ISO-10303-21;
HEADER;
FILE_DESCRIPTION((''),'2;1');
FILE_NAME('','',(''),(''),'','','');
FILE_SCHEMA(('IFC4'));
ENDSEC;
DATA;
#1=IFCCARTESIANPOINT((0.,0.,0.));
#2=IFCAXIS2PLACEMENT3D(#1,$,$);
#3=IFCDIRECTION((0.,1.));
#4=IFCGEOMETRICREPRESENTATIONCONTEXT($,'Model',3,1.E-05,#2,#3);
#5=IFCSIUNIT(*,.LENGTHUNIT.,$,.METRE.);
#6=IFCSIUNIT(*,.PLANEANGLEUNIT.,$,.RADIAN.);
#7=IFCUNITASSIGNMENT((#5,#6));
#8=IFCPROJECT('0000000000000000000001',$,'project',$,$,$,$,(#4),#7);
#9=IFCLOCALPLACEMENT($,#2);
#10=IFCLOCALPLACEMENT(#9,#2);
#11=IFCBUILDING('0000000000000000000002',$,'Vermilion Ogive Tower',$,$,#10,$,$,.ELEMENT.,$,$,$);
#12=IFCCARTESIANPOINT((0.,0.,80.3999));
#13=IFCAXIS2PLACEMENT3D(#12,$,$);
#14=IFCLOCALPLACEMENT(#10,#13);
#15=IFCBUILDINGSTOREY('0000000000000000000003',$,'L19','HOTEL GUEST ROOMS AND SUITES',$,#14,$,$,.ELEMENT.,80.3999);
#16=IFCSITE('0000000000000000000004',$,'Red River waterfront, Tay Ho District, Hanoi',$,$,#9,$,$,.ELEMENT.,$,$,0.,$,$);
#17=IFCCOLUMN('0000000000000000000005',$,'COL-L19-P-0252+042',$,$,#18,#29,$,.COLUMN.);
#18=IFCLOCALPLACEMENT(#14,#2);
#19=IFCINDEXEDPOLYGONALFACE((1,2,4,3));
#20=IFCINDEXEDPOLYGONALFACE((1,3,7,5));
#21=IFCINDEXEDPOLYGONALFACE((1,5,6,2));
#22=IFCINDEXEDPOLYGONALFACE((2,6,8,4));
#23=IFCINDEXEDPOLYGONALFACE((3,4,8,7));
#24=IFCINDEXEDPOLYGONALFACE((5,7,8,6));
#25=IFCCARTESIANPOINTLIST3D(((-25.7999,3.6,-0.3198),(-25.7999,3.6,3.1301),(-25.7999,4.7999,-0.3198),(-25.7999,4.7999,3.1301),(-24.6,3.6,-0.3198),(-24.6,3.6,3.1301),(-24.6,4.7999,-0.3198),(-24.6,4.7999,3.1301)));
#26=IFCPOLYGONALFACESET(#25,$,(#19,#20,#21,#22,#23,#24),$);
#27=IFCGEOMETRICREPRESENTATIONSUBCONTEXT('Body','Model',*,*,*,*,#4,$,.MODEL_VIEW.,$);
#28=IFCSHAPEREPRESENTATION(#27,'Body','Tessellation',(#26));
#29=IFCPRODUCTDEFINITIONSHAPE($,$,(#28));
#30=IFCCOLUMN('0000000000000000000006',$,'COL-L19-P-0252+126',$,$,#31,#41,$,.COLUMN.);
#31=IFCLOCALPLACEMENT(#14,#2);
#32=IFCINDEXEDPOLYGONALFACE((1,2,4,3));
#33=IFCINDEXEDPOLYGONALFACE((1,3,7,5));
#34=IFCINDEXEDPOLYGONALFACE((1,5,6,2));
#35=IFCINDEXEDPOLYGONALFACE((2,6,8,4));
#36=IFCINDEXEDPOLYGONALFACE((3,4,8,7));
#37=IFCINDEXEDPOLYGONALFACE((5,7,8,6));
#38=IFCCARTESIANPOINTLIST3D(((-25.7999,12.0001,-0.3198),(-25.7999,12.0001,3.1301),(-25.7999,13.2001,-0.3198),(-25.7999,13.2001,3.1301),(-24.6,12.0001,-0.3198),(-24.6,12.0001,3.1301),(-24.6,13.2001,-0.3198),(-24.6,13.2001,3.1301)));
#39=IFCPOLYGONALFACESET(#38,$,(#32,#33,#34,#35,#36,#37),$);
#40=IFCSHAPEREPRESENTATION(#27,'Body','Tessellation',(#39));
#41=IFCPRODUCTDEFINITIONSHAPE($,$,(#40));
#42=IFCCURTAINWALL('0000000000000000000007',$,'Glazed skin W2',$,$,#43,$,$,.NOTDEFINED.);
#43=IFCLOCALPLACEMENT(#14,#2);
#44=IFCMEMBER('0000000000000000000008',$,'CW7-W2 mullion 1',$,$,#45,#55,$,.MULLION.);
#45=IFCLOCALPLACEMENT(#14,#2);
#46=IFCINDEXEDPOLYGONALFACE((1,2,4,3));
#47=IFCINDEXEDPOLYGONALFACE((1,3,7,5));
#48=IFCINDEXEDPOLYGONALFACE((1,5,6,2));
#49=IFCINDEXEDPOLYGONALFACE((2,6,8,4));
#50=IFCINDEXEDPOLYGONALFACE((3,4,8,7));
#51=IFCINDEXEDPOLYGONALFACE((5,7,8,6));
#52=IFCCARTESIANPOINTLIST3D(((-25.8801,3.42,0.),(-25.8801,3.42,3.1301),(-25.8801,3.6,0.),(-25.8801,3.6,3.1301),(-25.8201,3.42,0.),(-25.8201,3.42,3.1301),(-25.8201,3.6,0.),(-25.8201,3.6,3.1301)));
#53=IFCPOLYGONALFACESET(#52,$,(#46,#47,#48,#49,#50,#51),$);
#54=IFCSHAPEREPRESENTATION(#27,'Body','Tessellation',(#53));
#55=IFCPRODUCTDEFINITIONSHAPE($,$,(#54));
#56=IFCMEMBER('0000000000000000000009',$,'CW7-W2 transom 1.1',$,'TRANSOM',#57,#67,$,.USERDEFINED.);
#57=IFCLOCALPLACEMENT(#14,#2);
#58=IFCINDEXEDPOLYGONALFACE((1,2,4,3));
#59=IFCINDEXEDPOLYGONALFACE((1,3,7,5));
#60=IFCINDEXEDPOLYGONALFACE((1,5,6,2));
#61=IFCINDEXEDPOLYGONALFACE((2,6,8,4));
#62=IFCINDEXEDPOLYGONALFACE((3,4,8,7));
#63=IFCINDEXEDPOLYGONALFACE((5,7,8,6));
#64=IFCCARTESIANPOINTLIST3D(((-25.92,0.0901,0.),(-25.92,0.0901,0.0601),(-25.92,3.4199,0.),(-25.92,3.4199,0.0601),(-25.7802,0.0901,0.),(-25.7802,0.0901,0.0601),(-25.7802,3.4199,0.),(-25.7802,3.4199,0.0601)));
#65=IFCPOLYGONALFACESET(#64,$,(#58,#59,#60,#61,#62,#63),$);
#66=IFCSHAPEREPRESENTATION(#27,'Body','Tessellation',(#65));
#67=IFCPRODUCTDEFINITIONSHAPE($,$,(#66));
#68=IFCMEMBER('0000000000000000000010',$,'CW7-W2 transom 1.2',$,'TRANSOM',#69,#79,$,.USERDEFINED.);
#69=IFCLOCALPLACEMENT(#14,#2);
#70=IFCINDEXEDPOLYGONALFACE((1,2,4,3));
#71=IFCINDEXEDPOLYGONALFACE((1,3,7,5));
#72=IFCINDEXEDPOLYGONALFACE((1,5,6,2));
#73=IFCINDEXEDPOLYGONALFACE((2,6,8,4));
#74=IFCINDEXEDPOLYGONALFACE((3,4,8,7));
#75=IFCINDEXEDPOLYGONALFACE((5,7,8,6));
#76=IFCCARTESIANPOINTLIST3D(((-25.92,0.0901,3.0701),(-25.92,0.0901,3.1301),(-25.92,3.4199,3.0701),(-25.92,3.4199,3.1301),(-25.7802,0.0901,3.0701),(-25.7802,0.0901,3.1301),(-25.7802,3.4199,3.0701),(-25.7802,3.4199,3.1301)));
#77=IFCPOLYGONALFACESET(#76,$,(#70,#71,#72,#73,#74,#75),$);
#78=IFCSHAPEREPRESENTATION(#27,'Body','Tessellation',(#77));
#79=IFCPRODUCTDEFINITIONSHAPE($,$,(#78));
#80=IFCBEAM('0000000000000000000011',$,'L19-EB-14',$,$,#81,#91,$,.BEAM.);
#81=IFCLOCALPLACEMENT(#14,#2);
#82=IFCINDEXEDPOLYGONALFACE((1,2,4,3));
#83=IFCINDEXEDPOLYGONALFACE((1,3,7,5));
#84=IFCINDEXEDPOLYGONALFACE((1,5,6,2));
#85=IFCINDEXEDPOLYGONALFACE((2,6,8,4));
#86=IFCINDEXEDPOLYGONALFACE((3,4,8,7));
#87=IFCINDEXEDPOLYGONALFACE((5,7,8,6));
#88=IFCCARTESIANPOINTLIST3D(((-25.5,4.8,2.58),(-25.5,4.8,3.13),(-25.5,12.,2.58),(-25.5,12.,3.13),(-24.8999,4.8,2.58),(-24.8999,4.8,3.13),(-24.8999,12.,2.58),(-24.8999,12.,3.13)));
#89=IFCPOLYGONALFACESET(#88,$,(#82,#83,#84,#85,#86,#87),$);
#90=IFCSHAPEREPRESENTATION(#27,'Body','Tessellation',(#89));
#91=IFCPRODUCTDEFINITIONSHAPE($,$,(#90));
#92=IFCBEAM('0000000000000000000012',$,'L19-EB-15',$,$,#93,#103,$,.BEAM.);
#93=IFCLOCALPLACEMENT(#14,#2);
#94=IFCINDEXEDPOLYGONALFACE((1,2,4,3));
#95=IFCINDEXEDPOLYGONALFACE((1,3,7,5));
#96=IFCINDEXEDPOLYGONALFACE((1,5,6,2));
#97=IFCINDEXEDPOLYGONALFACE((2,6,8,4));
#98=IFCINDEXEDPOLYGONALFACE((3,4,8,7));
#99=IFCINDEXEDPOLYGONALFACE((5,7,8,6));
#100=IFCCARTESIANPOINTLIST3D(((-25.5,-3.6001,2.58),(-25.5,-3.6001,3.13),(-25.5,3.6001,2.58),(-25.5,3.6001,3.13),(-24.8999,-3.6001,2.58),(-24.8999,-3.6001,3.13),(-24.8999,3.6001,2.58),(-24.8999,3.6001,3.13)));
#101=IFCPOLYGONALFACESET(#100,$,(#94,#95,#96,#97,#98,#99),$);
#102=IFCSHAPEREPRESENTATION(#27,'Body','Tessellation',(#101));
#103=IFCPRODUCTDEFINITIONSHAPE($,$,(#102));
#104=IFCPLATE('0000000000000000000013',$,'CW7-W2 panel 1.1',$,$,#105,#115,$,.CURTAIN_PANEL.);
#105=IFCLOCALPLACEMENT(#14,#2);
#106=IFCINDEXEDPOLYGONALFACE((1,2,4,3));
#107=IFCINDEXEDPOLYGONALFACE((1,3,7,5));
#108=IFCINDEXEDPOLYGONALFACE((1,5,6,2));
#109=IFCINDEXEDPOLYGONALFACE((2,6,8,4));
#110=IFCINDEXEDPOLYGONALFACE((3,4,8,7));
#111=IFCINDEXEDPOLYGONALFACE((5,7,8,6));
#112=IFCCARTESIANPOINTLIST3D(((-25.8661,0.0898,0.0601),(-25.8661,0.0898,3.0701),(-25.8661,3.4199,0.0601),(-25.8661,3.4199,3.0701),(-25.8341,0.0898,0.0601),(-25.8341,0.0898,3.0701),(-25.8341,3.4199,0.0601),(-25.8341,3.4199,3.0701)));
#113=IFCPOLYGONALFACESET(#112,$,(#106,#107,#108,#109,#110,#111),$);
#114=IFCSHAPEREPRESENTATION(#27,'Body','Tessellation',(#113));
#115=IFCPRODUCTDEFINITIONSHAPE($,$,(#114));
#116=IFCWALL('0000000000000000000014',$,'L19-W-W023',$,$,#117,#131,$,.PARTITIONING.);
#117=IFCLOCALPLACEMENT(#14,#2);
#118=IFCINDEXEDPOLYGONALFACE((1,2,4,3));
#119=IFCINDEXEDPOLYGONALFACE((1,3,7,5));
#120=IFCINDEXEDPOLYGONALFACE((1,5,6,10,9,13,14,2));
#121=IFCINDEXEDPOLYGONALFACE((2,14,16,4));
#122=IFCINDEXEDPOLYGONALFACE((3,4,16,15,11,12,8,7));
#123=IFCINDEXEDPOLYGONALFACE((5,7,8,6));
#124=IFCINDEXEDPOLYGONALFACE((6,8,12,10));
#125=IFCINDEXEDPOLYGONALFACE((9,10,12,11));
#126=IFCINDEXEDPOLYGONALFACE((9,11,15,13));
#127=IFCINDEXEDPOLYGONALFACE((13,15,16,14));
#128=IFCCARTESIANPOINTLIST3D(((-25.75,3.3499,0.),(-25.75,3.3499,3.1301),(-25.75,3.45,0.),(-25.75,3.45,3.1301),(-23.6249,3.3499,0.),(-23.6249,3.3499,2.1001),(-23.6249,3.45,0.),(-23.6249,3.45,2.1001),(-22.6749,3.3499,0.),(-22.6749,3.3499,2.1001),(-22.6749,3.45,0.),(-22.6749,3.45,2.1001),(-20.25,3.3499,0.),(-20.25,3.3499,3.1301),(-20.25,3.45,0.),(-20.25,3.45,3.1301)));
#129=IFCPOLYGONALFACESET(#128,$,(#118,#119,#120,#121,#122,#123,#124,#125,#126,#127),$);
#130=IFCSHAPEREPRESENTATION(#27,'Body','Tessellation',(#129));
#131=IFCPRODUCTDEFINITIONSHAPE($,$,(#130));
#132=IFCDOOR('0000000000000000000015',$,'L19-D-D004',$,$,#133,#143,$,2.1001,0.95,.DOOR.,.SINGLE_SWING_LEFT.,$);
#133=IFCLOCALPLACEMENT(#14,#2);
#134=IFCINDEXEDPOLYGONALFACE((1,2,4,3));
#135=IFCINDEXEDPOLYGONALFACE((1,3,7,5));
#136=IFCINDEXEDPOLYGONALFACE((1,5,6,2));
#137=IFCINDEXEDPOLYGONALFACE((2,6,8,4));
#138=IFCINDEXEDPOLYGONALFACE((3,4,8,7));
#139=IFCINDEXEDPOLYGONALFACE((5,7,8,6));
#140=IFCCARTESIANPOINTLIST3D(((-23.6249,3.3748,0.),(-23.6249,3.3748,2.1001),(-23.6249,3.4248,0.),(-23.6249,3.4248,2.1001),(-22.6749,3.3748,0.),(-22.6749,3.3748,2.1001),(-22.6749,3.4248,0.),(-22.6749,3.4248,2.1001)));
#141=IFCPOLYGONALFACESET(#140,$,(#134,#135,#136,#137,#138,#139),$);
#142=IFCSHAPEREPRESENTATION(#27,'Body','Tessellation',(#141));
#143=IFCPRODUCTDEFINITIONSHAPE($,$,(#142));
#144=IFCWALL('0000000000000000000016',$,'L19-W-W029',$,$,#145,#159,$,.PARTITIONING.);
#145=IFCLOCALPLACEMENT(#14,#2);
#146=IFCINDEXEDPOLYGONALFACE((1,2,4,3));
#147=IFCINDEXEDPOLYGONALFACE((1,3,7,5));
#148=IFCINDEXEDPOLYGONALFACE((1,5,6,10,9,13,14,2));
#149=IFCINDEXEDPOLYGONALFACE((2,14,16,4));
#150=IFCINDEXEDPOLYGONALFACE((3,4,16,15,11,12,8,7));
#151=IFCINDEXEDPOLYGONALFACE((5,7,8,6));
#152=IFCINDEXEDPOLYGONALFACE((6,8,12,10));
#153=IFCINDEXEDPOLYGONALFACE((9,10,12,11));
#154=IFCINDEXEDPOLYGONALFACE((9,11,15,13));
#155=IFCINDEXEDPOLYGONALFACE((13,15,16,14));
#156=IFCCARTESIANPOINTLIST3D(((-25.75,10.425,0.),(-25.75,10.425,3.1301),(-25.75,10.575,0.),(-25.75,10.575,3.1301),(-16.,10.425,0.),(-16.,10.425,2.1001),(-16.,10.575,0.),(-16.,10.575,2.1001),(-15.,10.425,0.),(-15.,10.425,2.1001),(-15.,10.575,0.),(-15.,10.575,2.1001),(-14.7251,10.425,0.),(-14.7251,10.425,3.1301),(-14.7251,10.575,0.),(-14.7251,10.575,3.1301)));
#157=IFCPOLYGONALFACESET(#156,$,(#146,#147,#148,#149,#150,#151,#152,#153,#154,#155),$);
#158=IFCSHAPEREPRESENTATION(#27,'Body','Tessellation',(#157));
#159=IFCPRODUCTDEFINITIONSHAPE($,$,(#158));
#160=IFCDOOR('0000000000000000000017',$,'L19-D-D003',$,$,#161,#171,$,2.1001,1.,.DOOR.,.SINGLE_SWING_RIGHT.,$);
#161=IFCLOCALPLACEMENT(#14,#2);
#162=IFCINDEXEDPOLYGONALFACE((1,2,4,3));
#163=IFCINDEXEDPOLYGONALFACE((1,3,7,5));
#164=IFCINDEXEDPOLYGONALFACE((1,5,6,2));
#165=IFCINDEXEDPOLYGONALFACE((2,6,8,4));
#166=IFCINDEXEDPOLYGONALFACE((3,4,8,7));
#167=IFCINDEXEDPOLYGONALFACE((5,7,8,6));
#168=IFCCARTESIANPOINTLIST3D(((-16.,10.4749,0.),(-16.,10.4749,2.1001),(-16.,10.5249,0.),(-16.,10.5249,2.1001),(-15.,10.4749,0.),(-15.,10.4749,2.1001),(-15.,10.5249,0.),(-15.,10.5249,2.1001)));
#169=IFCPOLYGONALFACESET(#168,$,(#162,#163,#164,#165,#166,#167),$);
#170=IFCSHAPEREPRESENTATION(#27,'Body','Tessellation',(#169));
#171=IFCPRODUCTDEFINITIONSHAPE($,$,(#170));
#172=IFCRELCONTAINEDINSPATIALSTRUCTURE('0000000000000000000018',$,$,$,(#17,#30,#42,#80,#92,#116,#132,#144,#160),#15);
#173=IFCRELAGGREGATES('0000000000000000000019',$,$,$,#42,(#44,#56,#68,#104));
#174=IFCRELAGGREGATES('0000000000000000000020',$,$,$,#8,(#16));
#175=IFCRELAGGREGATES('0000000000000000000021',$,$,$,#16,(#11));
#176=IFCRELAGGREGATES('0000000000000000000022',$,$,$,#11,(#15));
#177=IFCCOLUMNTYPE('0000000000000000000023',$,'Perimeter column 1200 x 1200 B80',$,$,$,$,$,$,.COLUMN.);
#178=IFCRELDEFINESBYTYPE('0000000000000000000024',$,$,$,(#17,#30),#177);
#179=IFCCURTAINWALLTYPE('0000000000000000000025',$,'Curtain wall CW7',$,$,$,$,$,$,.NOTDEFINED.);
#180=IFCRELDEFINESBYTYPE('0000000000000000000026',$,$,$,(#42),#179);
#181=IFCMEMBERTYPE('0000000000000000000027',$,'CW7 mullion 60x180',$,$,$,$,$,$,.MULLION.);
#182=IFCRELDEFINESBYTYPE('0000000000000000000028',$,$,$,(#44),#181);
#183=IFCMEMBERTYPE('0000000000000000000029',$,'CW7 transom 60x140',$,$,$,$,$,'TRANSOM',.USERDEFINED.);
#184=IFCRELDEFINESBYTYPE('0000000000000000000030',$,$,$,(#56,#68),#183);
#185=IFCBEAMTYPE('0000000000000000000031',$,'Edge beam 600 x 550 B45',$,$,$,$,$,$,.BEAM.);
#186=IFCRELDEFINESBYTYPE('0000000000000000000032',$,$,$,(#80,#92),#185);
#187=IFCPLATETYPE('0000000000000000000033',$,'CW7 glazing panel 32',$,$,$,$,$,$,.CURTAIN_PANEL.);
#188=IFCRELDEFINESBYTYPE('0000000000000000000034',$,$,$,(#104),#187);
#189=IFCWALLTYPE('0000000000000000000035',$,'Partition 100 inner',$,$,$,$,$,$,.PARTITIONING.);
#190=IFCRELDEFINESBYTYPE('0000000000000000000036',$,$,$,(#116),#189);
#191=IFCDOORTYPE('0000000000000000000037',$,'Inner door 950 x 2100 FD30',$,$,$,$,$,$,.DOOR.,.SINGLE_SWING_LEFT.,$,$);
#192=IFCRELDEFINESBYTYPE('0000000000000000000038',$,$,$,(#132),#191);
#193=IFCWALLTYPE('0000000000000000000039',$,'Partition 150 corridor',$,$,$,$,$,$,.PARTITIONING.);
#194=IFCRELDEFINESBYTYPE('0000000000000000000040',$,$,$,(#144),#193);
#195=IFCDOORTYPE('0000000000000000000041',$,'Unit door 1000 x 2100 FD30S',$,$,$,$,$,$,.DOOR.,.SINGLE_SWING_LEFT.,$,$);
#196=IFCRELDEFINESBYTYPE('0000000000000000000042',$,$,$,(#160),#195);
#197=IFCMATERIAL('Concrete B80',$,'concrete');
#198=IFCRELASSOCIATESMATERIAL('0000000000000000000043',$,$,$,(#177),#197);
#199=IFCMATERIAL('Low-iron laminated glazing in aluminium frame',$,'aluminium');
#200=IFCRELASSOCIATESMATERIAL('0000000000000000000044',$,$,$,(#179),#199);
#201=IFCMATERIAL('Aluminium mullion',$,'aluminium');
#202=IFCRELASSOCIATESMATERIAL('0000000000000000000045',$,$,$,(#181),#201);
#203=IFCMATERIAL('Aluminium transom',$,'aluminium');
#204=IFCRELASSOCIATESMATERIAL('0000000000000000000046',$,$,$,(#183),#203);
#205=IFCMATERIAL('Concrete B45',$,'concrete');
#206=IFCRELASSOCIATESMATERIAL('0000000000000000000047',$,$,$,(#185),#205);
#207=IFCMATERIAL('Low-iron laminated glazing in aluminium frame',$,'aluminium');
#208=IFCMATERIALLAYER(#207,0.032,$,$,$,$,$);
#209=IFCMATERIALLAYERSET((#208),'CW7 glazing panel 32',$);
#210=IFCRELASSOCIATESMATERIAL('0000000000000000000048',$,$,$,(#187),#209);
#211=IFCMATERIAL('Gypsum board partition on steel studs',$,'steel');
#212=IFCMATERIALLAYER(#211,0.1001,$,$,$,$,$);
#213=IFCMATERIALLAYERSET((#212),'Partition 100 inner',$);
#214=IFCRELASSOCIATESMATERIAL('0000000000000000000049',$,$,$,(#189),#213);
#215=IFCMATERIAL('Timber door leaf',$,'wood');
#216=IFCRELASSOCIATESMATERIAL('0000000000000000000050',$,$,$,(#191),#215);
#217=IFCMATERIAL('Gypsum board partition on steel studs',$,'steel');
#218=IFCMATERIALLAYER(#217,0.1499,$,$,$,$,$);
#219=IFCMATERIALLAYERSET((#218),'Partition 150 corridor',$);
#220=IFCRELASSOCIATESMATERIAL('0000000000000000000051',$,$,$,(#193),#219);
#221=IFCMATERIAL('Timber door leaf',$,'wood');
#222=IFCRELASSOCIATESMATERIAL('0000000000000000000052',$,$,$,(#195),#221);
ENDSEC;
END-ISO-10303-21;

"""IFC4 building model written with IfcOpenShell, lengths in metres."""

from ifc_helpers import new_model, si_unit, direction, frame, frame_2d, origin, origin_2d, place, context, subcontext, project, spatial, rectangle, extrude, material, layer, layer_set, material_profile, profile_set, type_object, element, fill, aggregate, save


model = new_model("IFC4")

# Units and contexts
model_context = context("Model", 3, precision=1e-05, world=origin(), true_north=direction((0.0, 1.0)))
body_context = subcontext(model_context, "Body", "Model", "MODEL_VIEW")
ifc_project = project(units=[si_unit("LENGTHUNIT", "METRE"), si_unit("PLANEANGLEUNIT", "RADIAN")], contexts=[model_context])

# Site, building, storey
site_placement = place(None, origin())
site = spatial("IfcSite", under=ifc_project, at=site_placement, Name="Red River waterfront, Tay Ho District, Hanoi", CompositionType="ELEMENT", RefElevation=0.0)
building_placement = place(site_placement, origin())
building = spatial("IfcBuilding", under=site, at=building_placement, Name="Vermilion Ogive Tower", CompositionType="ELEMENT")
storey_placement = place(building_placement, frame((0.0, 0.0, 80.3999)))
storey = spatial("IfcBuildingStorey", under=building, at=storey_placement, Name="L19", Description="HOTEL GUEST ROOMS AND SUITES", CompositionType="ELEMENT", Elevation=80.3999)

# Columns
ifc_material_1 = material(Name="Concrete B80", Category="concrete")
ifc_material_profile_1 = material_profile(ifc_material_1, rectangle(XDim=1.2, YDim=1.2, at=origin_2d()), Name="1200 x 1200")
ifc_profile_set_1 = profile_set([ifc_material_profile_1], Name="Concrete B80")
column_type = type_object("IfcColumnType", Name="Perimeter column 1200 x 1200 B80", PredefinedType="COLUMN", material=ifc_profile_set_1)
for number, where, z_axis, x_axis, name in (
    (1, (-25.2, 4.2, -0.3198), (0.0, 0.0, 1.0), (1.0, 0.0, 0.0), "COL-L19-P-0252+042"),
    (2, (-25.2, 12.6001, -0.3198), (0.0, 0.0, 1.0), (1.0, 0.0, 0.0), "COL-L19-P-0252+126"),
):
    element("IfcColumn", number, at=place(storey_placement, frame(where, z_axis=z_axis, x_axis=x_axis)), inside=storey, type_object=column_type, Name=name, PredefinedType="COLUMN", context=body_context, shape_type="SweptSolid", body=[
        extrude(rectangle(XDim=1.2, YDim=1.2, at=origin_2d()), origin(), (0.0, 0.0, 1.0), 3.45),
    ])

# Curtain wall, members
ifc_material_2 = material(Name="Low-iron laminated glazing in aluminium frame", Category="aluminium")
curtain_wall_type = type_object("IfcCurtainWallType", Name="Curtain wall CW7", PredefinedType="NOTDEFINED", material=ifc_material_2)
curtain_wall_placement = place(storey_placement, origin())
curtain_wall = element("IfcCurtainWall", 3, at=curtain_wall_placement, inside=storey, type_object=curtain_wall_type, Name="Glazed skin W2", PredefinedType="NOTDEFINED")
ifc_material_3 = material(Name="Aluminium mullion", Category="aluminium")
ifc_material_profile_2 = material_profile(ifc_material_3, rectangle(XDim=0.0601, YDim=0.1799, at=origin_2d()), Name="AL 60x180")
ifc_profile_set_2 = profile_set([ifc_material_profile_2], Name="Aluminium mullion")
member_type_1 = type_object("IfcMemberType", Name="CW7 mullion 60x180", PredefinedType="MULLION", material=ifc_profile_set_2)
member_1_placement = place(storey_placement, frame((-25.8501, 3.51, 0.0), z_axis=(0.0, 0.0, 1.0), x_axis=(1.0, 0.0, 0.0)))
member_1 = element("IfcMember", 4, at=member_1_placement, type_object=member_type_1, Name="CW7-W2 mullion 1", PredefinedType="MULLION", context=body_context, shape_type="SweptSolid", body=[
    extrude(rectangle(XDim=0.0601, YDim=0.1799, at=origin_2d()), origin(), (0.0, 0.0, 1.0), 3.1301),
])
ifc_material_4 = material(Name="Aluminium transom", Category="aluminium")
ifc_material_profile_3 = material_profile(ifc_material_4, rectangle(XDim=0.1399, YDim=0.0601, at=origin_2d()), Name="AL 60x140")
ifc_profile_set_3 = profile_set([ifc_material_profile_3], Name="Aluminium transom")
member_type_2 = type_object("IfcMemberType", Name="CW7 transom 60x140", ElementType="TRANSOM", PredefinedType="USERDEFINED", material=ifc_profile_set_3)
member_2_placement = place(storey_placement, frame((-25.8501, 3.4199, 0.03), z_axis=(0.0, -1.0, 0.0), x_axis=(1.0, 0.0, 0.0)))
member_2 = element("IfcMember", 5, at=member_2_placement, type_object=member_type_2, Name="CW7-W2 transom 1.1", ObjectType="TRANSOM", PredefinedType="USERDEFINED", context=body_context, shape_type="SweptSolid", body=[
    extrude(rectangle(XDim=0.1399, YDim=0.0601, at=origin_2d()), origin(), (0.0, 0.0, 1.0), 3.3298),
])
member_3_placement = place(storey_placement, frame((-25.8501, 3.4199, 3.1001), z_axis=(0.0, -1.0, 0.0), x_axis=(1.0, 0.0, 0.0)))
member_3 = element("IfcMember", 6, at=member_3_placement, type_object=member_type_2, Name="CW7-W2 transom 1.2", ObjectType="TRANSOM", PredefinedType="USERDEFINED", context=body_context, shape_type="SweptSolid", body=[
    extrude(rectangle(XDim=0.1399, YDim=0.0601, at=origin_2d()), origin(), (0.0, 0.0, 1.0), 3.3298),
])

# Beams
ifc_material_5 = material(Name="Concrete B45", Category="concrete")
ifc_material_profile_4 = material_profile(ifc_material_5, rectangle(XDim=0.6001, YDim=0.55, at=origin_2d()), Name="600 x 550")
ifc_profile_set_4 = profile_set([ifc_material_profile_4], Name="Concrete B45")
beam_type = type_object("IfcBeamType", Name="Edge beam 600 x 550 B45", PredefinedType="BEAM", material=ifc_profile_set_4)
beam_1_placement = place(storey_placement, frame((-25.2, 12.0, 2.855), z_axis=(0.0, -1.0, 0.0), x_axis=(1.0, 0.0, 0.0)))
element("IfcBeam", 7, at=beam_1_placement, inside=storey, type_object=beam_type, Name="L19-EB-14", PredefinedType="BEAM", context=body_context, shape_type="SweptSolid", body=[
    extrude(rectangle(XDim=0.6001, YDim=0.55, at=origin_2d()), origin(), (0.0, 0.0, 1.0), 7.2),
])
beam_2_placement = place(storey_placement, frame((-25.2, 3.6001, 2.855), z_axis=(0.0, -1.0, 0.0), x_axis=(1.0, 0.0, 0.0)))
element("IfcBeam", 8, at=beam_2_placement, inside=storey, type_object=beam_type, Name="L19-EB-15", PredefinedType="BEAM", context=body_context, shape_type="SweptSolid", body=[
    extrude(rectangle(XDim=0.6001, YDim=0.55, at=origin_2d()), origin(), (0.0, 0.0, 1.0), 7.2002),
])

# Plate
ifc_material_6 = material(Name="Low-iron laminated glazing in aluminium frame", Category="aluminium")
ifc_layer_1 = layer(ifc_material_6, 0.032)
ifc_layer_set_1 = layer_set([ifc_layer_1], Name="CW7 glazing panel 32")
plate_type = type_object("IfcPlateType", Name="CW7 glazing panel 32", PredefinedType="CURTAIN_PANEL", material=ifc_layer_set_1)
plate_placement = place(storey_placement, frame((-25.8501, 1.7549, 0.0601), z_axis=(0.0, 0.0, 1.0), x_axis=(0.0, -1.0, 0.0)))
plate = element("IfcPlate", 9, at=plate_placement, type_object=plate_type, Name="CW7-W2 panel 1.1", PredefinedType="CURTAIN_PANEL", context=body_context, shape_type="SweptSolid", body=[
    extrude(rectangle(XDim=3.3301, YDim=0.032, at=origin_2d()), origin(), (0.0, 0.0, 1.0), 3.01),
])
aggregate(curtain_wall, [member_1, member_2, member_3, plate])

# Walls, openings, doors
ifc_material_7 = material(Name="Gypsum board partition on steel studs", Category="steel")
ifc_layer_2 = layer(ifc_material_7, 0.1001)
ifc_layer_set_2 = layer_set([ifc_layer_2], Name="Partition 100 inner")
wall_type_1 = type_object("IfcWallType", Name="Partition 100 inner", PredefinedType="PARTITIONING", material=ifc_layer_set_2)
wall_1_placement = place(storey_placement, frame((-25.75, 3.3999, 0.0), z_axis=(0.0, 0.0, 1.0), x_axis=(1.0, 0.0, 0.0)))
wall_1 = element("IfcWall", 10, at=wall_1_placement, inside=storey, type_object=wall_type_1, Name="L19-W-W023", PredefinedType="PARTITIONING", context=body_context, shape_type="SweptSolid", body=[
    extrude(rectangle(XDim=5.5, YDim=0.1001, at=frame_2d((2.75, 0.0))), origin(), (0.0, 0.0, 1.0), 3.1301),
])
opening_1_placement = place(wall_1_placement, frame((2.125, 0.0, 0.0)))
opening_1 = element("IfcOpeningElement", 11, at=opening_1_placement, cuts=wall_1, PredefinedType="OPENING", context=body_context, shape_type="SweptSolid", body=[
    extrude(rectangle(XDim=0.95, YDim=2.1001, at=frame_2d((0.4751, 1.05))), frame((0.0, 0.0601, 0.0), z_axis=(0.0, -1.0, 0.0), x_axis=(1.0, 0.0, 0.0)), (0.0, 0.0, 1.0), 0.1201),
])
ifc_material_8 = material(Name="Timber door leaf", Category="wood")
door_type_1 = type_object("IfcDoorType", Name="Inner door 950 x 2100 FD30", OperationType="SINGLE_SWING_LEFT", PredefinedType="DOOR", material=ifc_material_8)
door_1_placement = place(opening_1_placement, origin())
door_1 = element("IfcDoor", 12, at=door_1_placement, inside=storey, type_object=door_type_1, Name="L19-D-D004", OperationType="SINGLE_SWING_LEFT", OverallHeight=2.1001, OverallWidth=0.95, PredefinedType="DOOR", context=body_context, shape_type="SweptSolid", body=[
    extrude(rectangle(XDim=0.95, YDim=2.1001, at=frame_2d((0.4751, 1.05))), frame((0.0, 0.0249, 0.0), z_axis=(0.0, -1.0, 0.0), x_axis=(1.0, 0.0, 0.0)), (0.0, 0.0, 1.0), 0.05),
])
fill(opening_1, door_1)
ifc_material_9 = material(Name="Gypsum board partition on steel studs", Category="steel")
ifc_layer_3 = layer(ifc_material_9, 0.1499)
ifc_layer_set_3 = layer_set([ifc_layer_3], Name="Partition 150 corridor")
wall_type_2 = type_object("IfcWallType", Name="Partition 150 corridor", PredefinedType="PARTITIONING", material=ifc_layer_set_3)
wall_2_placement = place(storey_placement, frame((-25.75, 10.5, 0.0), z_axis=(0.0, 0.0, 1.0), x_axis=(1.0, 0.0, 0.0)))
wall_2 = element("IfcWall", 13, at=wall_2_placement, inside=storey, type_object=wall_type_2, Name="L19-W-W029", PredefinedType="PARTITIONING", context=body_context, shape_type="SweptSolid", body=[
    extrude(rectangle(XDim=11.0249, YDim=0.1499, at=frame_2d((5.5125, 0.0))), origin(), (0.0, 0.0, 1.0), 3.1301),
])
opening_2_placement = place(wall_2_placement, frame((9.75, 0.0, 0.0)))
opening_2 = element("IfcOpeningElement", 14, at=opening_2_placement, cuts=wall_2, PredefinedType="OPENING", context=body_context, shape_type="SweptSolid", body=[
    extrude(rectangle(XDim=1.0, YDim=2.1001, at=frame_2d((0.5, 1.05))), frame((0.0, 0.085, 0.0), z_axis=(0.0, -1.0, 0.0), x_axis=(1.0, 0.0, 0.0)), (0.0, 0.0, 1.0), 0.1699),
])
ifc_material_10 = material(Name="Timber door leaf", Category="wood")
door_type_2 = type_object("IfcDoorType", Name="Unit door 1000 x 2100 FD30S", OperationType="SINGLE_SWING_LEFT", PredefinedType="DOOR", material=ifc_material_10)
door_2_placement = place(opening_2_placement, origin())
door_2 = element("IfcDoor", 15, at=door_2_placement, inside=storey, type_object=door_type_2, Name="L19-D-D003", OperationType="SINGLE_SWING_RIGHT", OverallHeight=2.1001, OverallWidth=1.0, PredefinedType="DOOR", context=body_context, shape_type="SweptSolid", body=[
    extrude(rectangle(XDim=1.0, YDim=2.1001, at=frame_2d((0.5, 1.05))), frame((0.0, 0.0249, 0.0), z_axis=(0.0, -1.0, 0.0), x_axis=(1.0, 0.0, 0.0)), (0.0, 0.0, 1.0), 0.05),
])
fill(opening_2, door_2)

save(model, "model.ifc")
